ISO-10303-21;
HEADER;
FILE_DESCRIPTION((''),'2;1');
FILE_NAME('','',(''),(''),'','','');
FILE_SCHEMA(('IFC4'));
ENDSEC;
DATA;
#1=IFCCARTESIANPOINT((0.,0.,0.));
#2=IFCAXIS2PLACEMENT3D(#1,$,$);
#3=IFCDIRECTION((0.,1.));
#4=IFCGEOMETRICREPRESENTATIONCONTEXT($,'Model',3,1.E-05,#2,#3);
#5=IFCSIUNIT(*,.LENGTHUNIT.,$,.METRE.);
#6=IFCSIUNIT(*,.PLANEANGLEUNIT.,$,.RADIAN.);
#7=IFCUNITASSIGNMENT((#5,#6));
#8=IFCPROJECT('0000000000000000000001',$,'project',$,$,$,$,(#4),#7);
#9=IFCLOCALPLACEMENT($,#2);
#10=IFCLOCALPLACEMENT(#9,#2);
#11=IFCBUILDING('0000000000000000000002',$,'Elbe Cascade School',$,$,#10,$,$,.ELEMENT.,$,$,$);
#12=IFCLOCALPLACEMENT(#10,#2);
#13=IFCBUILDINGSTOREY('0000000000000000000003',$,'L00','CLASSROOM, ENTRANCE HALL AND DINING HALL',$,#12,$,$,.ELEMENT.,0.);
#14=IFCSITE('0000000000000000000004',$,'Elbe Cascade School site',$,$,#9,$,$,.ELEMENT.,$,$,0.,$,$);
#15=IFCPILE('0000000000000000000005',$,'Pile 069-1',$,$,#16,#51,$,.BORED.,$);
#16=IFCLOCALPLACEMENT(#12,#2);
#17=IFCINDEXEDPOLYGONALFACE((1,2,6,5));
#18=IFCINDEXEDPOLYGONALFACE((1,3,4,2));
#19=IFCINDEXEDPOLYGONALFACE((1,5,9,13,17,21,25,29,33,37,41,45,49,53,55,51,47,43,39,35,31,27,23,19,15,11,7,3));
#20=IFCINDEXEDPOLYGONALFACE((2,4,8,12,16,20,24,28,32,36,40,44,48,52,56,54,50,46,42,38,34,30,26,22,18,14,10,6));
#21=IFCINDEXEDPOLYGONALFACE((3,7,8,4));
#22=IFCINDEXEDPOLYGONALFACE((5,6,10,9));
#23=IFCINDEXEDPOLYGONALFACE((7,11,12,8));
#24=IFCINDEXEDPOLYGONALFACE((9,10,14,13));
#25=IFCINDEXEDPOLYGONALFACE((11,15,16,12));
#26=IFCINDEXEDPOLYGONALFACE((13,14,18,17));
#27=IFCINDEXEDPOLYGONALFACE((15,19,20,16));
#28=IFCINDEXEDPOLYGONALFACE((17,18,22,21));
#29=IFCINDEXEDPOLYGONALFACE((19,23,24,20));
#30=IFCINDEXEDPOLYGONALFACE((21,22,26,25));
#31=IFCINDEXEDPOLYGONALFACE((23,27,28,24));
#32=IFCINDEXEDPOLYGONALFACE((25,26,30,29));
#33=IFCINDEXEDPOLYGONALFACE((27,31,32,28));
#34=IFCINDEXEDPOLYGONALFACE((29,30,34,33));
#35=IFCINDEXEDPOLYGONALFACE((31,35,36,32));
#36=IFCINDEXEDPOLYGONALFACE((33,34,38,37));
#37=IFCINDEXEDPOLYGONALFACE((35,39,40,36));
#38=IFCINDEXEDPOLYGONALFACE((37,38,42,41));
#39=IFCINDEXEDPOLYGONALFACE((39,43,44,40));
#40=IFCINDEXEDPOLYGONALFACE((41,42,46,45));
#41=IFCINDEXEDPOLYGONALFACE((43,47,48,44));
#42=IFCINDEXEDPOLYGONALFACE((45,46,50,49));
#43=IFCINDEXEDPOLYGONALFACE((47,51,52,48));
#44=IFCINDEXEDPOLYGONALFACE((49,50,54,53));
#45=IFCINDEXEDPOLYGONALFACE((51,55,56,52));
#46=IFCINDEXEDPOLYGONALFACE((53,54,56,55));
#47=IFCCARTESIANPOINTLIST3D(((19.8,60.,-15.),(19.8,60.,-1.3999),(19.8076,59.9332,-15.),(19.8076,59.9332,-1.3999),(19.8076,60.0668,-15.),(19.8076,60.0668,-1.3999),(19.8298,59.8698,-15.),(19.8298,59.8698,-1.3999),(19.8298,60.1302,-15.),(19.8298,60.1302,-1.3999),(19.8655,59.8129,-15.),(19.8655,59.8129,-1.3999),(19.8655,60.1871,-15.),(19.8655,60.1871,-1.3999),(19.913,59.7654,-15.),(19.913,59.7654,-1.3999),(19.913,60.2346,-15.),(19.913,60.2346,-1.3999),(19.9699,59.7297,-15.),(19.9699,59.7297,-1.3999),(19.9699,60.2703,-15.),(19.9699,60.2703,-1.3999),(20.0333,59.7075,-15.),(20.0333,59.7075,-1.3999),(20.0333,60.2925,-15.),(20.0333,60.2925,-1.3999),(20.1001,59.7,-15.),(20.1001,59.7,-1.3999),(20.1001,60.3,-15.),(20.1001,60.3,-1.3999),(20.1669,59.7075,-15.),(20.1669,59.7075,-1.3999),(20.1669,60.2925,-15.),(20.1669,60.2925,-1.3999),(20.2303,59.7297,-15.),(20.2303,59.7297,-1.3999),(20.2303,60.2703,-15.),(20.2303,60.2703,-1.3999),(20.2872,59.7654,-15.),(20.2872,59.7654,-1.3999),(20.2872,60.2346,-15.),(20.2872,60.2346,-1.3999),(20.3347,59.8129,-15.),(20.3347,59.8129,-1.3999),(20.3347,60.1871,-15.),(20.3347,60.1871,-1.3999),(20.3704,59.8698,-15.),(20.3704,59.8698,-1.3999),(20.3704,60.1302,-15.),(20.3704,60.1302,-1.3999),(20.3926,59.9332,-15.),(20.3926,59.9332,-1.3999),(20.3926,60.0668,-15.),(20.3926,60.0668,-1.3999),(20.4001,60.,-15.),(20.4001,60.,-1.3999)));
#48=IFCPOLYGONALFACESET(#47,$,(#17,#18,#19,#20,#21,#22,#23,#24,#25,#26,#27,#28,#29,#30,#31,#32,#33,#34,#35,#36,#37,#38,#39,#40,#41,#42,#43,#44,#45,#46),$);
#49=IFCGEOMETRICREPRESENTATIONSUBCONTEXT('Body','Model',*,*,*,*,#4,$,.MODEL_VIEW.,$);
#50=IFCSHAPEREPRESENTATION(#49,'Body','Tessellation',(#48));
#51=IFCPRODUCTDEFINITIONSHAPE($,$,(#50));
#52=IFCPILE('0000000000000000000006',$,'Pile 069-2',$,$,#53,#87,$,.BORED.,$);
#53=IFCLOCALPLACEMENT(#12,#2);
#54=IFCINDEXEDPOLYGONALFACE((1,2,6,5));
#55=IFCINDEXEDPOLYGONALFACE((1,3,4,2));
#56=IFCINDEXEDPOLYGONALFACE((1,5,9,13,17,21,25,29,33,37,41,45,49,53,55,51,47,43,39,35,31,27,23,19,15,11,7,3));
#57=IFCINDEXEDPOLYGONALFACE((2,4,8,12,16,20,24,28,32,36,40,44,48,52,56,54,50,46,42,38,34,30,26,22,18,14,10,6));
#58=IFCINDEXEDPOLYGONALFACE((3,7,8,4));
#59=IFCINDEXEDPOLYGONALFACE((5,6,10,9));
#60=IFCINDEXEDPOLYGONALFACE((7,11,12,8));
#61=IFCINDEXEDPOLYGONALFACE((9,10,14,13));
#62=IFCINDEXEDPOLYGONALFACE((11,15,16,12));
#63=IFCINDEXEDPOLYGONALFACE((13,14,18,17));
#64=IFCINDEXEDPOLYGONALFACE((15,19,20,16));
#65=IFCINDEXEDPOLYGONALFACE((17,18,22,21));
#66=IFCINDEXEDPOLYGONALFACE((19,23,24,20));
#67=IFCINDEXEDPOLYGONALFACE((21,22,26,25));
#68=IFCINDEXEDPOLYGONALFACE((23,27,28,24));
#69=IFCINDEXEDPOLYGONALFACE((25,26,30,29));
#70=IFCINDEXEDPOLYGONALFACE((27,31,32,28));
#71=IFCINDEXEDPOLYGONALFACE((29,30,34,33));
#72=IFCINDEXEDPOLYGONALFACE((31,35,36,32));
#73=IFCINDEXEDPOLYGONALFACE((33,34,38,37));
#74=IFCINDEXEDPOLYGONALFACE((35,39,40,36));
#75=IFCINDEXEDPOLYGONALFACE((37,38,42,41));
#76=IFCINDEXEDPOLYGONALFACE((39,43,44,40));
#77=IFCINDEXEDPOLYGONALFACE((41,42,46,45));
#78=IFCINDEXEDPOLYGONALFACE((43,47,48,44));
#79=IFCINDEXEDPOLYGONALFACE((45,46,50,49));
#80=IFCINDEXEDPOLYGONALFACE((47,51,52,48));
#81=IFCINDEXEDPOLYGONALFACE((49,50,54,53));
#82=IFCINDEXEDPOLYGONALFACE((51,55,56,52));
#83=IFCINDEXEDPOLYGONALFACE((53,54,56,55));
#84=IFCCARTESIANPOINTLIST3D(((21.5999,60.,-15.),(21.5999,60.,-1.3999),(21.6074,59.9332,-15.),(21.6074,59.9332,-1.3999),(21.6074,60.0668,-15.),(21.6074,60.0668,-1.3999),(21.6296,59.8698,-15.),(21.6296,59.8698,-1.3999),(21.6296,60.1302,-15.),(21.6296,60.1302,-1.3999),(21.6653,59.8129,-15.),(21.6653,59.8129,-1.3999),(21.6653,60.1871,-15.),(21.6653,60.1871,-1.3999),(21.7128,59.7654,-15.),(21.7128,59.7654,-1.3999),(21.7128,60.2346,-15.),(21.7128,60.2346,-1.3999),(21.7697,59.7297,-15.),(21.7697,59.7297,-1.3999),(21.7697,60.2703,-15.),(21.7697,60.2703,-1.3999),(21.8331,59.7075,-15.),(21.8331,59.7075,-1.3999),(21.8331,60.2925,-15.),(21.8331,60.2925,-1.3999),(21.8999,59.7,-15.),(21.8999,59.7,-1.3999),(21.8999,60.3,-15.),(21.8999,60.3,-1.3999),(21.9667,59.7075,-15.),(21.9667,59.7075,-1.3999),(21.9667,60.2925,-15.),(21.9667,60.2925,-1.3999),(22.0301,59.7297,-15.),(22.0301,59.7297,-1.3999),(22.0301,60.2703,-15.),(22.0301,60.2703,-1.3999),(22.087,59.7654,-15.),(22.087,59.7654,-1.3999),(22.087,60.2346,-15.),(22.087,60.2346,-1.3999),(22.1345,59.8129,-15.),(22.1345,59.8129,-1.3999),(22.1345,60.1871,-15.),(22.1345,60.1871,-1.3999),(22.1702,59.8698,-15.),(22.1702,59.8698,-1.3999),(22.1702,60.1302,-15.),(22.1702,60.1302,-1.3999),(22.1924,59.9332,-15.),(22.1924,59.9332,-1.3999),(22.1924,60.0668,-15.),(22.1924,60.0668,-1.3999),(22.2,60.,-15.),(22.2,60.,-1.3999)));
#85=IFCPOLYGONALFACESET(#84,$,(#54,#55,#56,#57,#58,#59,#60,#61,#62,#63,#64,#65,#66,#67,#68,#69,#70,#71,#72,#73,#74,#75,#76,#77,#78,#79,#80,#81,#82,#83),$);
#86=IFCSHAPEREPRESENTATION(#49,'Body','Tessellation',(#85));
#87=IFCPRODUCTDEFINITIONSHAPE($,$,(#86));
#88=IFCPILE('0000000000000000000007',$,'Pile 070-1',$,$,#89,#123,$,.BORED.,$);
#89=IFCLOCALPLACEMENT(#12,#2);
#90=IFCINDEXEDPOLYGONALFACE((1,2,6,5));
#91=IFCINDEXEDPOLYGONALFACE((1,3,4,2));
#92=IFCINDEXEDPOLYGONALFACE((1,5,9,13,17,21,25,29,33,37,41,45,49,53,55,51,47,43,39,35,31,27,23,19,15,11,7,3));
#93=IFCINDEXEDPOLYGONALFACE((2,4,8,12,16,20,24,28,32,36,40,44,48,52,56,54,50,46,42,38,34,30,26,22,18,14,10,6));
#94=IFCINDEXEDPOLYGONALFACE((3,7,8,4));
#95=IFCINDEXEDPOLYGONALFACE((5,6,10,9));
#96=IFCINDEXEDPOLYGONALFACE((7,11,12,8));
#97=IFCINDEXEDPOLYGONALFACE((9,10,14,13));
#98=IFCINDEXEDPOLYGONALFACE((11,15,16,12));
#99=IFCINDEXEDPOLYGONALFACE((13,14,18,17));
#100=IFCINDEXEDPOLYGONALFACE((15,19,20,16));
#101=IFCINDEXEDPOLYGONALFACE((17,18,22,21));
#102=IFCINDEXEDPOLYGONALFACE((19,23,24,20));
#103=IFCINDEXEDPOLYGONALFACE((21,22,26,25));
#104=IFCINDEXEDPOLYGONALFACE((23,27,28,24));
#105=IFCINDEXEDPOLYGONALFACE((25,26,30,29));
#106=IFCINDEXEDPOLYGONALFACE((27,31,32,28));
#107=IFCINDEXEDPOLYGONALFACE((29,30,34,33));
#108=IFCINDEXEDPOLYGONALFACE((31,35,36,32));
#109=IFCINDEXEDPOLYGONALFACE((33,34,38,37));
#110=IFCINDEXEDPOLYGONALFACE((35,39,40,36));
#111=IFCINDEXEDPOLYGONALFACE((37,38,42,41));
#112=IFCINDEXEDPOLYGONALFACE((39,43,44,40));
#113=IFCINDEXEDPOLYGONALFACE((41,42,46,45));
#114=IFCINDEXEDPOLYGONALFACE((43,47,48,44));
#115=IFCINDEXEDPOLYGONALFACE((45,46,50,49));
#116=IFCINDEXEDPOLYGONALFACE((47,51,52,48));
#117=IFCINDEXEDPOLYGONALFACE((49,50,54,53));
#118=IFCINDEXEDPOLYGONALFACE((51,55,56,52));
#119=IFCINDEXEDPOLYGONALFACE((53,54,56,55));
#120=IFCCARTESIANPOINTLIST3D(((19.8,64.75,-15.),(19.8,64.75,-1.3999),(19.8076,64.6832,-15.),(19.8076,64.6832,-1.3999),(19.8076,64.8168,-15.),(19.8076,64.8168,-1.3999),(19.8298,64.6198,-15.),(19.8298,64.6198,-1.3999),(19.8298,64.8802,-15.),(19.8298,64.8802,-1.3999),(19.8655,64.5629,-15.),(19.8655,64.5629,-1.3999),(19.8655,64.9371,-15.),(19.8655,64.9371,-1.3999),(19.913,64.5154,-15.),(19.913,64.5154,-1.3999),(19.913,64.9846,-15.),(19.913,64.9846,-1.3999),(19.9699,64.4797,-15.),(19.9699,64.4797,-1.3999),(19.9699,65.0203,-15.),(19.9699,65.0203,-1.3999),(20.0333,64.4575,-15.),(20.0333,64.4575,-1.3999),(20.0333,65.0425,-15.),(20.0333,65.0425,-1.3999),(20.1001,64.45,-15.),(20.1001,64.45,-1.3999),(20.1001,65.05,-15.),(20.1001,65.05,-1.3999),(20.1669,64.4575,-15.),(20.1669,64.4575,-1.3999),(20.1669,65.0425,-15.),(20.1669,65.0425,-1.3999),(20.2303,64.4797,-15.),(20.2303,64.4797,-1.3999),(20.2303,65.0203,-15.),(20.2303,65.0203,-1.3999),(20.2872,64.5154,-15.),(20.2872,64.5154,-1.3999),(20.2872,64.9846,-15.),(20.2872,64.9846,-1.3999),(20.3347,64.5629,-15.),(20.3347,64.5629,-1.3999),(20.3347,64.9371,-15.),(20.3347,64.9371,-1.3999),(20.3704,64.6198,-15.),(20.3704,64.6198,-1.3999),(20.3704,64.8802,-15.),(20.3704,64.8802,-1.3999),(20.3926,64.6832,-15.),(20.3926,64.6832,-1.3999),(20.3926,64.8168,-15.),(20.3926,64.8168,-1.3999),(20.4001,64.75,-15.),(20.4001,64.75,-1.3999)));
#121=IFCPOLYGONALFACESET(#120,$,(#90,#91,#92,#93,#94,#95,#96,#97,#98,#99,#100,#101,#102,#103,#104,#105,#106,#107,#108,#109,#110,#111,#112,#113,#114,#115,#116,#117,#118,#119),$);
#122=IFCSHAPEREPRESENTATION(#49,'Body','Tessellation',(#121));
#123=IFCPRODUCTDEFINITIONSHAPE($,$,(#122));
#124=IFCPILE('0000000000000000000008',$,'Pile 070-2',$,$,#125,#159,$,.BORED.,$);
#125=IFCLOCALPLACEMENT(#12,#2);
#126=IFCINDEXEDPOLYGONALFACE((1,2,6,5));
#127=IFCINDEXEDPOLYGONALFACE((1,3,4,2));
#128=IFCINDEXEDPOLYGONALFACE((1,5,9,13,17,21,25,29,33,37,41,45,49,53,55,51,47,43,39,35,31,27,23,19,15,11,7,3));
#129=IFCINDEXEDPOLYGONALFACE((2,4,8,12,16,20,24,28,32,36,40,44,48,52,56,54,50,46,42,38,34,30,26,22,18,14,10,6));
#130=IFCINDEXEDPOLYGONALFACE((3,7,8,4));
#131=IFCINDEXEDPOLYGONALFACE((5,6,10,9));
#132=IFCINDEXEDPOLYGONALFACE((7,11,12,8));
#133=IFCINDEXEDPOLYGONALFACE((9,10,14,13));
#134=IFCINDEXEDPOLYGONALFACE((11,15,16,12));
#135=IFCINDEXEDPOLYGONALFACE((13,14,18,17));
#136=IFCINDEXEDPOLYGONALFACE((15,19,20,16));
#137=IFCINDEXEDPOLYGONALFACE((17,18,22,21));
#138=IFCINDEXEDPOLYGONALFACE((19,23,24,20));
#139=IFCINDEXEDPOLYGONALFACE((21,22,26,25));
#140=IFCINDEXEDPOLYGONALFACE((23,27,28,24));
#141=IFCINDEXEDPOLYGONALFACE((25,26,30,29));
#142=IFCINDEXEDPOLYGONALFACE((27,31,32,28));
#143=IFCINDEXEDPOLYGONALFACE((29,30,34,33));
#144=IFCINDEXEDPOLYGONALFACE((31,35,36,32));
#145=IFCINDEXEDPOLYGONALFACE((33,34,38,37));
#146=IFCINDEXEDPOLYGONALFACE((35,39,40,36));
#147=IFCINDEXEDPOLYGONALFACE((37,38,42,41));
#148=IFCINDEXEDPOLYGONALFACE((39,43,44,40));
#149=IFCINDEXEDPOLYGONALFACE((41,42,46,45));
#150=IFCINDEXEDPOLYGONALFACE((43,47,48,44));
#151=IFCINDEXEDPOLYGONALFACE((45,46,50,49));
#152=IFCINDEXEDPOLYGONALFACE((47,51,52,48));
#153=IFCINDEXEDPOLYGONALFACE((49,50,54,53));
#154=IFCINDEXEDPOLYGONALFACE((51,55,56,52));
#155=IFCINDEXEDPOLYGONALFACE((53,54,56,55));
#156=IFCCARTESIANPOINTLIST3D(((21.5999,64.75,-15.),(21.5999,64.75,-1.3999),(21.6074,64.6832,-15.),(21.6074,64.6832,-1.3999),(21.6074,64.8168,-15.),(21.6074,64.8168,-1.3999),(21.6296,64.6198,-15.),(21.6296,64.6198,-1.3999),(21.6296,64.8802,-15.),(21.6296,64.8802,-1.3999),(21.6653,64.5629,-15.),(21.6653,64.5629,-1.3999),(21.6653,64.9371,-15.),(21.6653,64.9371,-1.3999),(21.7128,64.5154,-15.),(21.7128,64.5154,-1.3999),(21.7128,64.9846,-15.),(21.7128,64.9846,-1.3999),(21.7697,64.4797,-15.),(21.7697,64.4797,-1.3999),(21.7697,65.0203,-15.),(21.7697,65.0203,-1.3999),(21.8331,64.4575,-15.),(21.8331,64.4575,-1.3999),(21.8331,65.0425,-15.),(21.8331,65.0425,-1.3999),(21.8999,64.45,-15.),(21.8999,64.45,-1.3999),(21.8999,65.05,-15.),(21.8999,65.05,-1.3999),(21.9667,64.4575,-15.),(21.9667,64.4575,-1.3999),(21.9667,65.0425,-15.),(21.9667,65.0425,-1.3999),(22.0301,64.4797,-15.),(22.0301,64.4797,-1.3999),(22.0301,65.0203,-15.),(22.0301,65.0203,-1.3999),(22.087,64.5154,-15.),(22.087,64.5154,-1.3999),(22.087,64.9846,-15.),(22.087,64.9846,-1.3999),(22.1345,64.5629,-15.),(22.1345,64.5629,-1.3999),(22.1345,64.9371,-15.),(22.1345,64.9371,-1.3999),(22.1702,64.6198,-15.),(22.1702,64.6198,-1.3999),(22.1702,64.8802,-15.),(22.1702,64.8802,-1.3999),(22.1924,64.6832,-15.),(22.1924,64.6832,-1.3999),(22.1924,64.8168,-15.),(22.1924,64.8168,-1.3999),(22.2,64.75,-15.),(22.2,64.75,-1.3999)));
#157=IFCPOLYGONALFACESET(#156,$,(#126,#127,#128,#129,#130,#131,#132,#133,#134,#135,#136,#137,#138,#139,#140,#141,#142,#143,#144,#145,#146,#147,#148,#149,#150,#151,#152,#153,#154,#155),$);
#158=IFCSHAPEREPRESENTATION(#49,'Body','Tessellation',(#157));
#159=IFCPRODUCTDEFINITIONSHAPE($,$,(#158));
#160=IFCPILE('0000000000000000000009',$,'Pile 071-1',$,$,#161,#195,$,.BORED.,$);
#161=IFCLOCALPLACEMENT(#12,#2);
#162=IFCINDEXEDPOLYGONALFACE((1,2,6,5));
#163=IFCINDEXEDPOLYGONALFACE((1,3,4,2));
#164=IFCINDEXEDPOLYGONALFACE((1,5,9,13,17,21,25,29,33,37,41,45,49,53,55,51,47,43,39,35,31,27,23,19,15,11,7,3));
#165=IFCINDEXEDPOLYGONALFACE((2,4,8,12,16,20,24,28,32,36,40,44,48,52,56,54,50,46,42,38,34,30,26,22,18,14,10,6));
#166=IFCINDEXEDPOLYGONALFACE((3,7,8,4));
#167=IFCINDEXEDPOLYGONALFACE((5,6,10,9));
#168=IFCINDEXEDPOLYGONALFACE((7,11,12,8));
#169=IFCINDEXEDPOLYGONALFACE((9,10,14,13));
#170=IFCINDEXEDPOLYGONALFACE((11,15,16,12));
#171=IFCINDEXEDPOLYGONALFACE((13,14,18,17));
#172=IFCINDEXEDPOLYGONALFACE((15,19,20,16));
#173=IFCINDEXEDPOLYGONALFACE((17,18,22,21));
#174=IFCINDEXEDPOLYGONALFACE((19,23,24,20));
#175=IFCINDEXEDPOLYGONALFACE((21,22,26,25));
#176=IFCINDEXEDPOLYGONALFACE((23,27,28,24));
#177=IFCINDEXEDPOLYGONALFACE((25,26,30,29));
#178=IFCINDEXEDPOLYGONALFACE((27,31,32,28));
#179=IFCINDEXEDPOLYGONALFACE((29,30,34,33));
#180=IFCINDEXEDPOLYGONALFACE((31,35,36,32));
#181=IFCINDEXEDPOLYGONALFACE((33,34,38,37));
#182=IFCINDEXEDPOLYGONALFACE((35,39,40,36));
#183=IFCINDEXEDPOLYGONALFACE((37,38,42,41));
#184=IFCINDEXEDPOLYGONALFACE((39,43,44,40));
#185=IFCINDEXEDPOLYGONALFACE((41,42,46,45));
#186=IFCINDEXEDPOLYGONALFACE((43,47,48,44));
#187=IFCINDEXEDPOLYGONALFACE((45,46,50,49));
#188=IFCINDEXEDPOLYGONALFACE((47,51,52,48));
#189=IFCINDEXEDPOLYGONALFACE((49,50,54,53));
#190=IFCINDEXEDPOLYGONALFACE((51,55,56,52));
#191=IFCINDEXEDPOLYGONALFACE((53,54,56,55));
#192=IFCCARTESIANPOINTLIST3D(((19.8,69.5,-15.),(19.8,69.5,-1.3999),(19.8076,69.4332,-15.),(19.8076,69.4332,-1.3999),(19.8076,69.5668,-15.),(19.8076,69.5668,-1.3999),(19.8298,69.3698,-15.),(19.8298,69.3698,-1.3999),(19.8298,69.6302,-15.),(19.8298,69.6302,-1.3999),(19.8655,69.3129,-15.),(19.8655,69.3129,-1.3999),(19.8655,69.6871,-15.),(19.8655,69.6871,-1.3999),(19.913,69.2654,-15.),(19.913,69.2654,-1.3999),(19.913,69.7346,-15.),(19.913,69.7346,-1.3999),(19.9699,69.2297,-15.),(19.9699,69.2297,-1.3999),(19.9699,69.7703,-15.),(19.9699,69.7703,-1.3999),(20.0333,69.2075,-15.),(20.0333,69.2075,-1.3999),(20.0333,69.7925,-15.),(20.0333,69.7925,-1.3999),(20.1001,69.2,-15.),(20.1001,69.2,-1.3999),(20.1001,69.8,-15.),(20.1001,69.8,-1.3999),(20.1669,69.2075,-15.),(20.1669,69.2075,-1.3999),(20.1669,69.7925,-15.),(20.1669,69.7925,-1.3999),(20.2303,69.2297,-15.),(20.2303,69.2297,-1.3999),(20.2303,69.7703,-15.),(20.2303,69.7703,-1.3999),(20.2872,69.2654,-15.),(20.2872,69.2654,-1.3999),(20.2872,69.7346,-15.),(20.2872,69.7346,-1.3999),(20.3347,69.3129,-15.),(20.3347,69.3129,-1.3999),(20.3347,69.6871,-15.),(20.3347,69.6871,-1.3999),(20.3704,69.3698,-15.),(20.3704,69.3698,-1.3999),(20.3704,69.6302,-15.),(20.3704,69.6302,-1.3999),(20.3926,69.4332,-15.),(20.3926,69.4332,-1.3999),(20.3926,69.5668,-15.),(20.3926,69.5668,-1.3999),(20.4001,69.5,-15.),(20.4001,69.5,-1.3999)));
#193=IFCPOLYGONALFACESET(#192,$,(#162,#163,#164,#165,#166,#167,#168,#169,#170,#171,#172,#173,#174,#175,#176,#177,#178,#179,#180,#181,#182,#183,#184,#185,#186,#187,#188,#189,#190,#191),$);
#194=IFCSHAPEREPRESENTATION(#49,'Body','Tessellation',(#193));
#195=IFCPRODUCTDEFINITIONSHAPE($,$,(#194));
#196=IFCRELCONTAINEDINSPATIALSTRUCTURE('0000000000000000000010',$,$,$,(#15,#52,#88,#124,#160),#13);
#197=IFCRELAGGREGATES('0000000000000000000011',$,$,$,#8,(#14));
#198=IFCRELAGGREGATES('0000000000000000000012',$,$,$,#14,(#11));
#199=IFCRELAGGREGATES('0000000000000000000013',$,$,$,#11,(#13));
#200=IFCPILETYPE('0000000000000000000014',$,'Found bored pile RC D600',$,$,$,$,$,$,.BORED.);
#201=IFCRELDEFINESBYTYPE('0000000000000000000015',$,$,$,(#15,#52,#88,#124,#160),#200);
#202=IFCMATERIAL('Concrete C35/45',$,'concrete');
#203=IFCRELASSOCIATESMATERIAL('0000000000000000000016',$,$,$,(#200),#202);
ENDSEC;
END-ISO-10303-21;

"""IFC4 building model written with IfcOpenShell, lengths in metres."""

from ifc_helpers import new_model, si_unit, direction, frame, origin, origin_2d, place, context, subcontext, project, spatial, circle, extrude, material, material_profile, profile_set, type_object, element, save


model = new_model("IFC4")

# Units and contexts
model_context = context("Model", 3, precision=1e-05, world=origin(), true_north=direction((0.0, 1.0)))
body_context = subcontext(model_context, "Body", "Model", "MODEL_VIEW")
ifc_project = project(units=[si_unit("LENGTHUNIT", "METRE"), si_unit("PLANEANGLEUNIT", "RADIAN")], contexts=[model_context])

# Site, building, storey
site_placement = place(None, origin())
site = spatial("IfcSite", under=ifc_project, at=site_placement, Name="Elbe Cascade School site", CompositionType="ELEMENT", RefElevation=0.0)
building_placement = place(site_placement, origin())
building = spatial("IfcBuilding", under=site, at=building_placement, Name="Elbe Cascade School", CompositionType="ELEMENT")
storey_placement = place(building_placement, origin())
storey = spatial("IfcBuildingStorey", under=building, at=storey_placement, Name="L00", Description="CLASSROOM, ENTRANCE HALL AND DINING HALL", CompositionType="ELEMENT", Elevation=0.0)

# Piles
ifc_material_1 = material(Name="Concrete C35/45", Category="concrete")
ifc_material_profile_1 = material_profile(ifc_material_1, circle(Radius=0.3, at=origin_2d()), Name="RC D600")
ifc_profile_set_1 = profile_set([ifc_material_profile_1], Name="Concrete C35/45")
pile_type = type_object("IfcPileType", Name="Found bored pile RC D600", PredefinedType="BORED", material=ifc_profile_set_1)
for number, where, z_axis, x_axis, name in (
    (1, (20.1001, 60.0, -1.3999), (0.0, 0.0, -1.0), (1.0, 0.0, 0.0), "Pile 069-1"),
    (2, (21.8999, 60.0, -1.3999), (0.0, 0.0, -1.0), (1.0, 0.0, 0.0), "Pile 069-2"),
    (3, (20.1001, 64.75, -1.3999), (0.0, 0.0, -1.0), (1.0, 0.0, 0.0), "Pile 070-1"),
    (4, (21.8999, 64.75, -1.3999), (0.0, 0.0, -1.0), (1.0, 0.0, 0.0), "Pile 070-2"),
    (5, (20.1001, 69.5, -1.3999), (0.0, 0.0, -1.0), (1.0, 0.0, 0.0), "Pile 071-1"),
):
    element("IfcPile", number, at=place(storey_placement, frame(where, z_axis=z_axis, x_axis=x_axis)), inside=storey, type_object=pile_type, Name=name, PredefinedType="BORED", context=body_context, shape_type="SweptSolid", body=[
        extrude(circle(Radius=0.3, at=origin_2d()), origin(), (0.0, 0.0, 1.0), 13.6001),
    ])

save(model, "model.ifc")
